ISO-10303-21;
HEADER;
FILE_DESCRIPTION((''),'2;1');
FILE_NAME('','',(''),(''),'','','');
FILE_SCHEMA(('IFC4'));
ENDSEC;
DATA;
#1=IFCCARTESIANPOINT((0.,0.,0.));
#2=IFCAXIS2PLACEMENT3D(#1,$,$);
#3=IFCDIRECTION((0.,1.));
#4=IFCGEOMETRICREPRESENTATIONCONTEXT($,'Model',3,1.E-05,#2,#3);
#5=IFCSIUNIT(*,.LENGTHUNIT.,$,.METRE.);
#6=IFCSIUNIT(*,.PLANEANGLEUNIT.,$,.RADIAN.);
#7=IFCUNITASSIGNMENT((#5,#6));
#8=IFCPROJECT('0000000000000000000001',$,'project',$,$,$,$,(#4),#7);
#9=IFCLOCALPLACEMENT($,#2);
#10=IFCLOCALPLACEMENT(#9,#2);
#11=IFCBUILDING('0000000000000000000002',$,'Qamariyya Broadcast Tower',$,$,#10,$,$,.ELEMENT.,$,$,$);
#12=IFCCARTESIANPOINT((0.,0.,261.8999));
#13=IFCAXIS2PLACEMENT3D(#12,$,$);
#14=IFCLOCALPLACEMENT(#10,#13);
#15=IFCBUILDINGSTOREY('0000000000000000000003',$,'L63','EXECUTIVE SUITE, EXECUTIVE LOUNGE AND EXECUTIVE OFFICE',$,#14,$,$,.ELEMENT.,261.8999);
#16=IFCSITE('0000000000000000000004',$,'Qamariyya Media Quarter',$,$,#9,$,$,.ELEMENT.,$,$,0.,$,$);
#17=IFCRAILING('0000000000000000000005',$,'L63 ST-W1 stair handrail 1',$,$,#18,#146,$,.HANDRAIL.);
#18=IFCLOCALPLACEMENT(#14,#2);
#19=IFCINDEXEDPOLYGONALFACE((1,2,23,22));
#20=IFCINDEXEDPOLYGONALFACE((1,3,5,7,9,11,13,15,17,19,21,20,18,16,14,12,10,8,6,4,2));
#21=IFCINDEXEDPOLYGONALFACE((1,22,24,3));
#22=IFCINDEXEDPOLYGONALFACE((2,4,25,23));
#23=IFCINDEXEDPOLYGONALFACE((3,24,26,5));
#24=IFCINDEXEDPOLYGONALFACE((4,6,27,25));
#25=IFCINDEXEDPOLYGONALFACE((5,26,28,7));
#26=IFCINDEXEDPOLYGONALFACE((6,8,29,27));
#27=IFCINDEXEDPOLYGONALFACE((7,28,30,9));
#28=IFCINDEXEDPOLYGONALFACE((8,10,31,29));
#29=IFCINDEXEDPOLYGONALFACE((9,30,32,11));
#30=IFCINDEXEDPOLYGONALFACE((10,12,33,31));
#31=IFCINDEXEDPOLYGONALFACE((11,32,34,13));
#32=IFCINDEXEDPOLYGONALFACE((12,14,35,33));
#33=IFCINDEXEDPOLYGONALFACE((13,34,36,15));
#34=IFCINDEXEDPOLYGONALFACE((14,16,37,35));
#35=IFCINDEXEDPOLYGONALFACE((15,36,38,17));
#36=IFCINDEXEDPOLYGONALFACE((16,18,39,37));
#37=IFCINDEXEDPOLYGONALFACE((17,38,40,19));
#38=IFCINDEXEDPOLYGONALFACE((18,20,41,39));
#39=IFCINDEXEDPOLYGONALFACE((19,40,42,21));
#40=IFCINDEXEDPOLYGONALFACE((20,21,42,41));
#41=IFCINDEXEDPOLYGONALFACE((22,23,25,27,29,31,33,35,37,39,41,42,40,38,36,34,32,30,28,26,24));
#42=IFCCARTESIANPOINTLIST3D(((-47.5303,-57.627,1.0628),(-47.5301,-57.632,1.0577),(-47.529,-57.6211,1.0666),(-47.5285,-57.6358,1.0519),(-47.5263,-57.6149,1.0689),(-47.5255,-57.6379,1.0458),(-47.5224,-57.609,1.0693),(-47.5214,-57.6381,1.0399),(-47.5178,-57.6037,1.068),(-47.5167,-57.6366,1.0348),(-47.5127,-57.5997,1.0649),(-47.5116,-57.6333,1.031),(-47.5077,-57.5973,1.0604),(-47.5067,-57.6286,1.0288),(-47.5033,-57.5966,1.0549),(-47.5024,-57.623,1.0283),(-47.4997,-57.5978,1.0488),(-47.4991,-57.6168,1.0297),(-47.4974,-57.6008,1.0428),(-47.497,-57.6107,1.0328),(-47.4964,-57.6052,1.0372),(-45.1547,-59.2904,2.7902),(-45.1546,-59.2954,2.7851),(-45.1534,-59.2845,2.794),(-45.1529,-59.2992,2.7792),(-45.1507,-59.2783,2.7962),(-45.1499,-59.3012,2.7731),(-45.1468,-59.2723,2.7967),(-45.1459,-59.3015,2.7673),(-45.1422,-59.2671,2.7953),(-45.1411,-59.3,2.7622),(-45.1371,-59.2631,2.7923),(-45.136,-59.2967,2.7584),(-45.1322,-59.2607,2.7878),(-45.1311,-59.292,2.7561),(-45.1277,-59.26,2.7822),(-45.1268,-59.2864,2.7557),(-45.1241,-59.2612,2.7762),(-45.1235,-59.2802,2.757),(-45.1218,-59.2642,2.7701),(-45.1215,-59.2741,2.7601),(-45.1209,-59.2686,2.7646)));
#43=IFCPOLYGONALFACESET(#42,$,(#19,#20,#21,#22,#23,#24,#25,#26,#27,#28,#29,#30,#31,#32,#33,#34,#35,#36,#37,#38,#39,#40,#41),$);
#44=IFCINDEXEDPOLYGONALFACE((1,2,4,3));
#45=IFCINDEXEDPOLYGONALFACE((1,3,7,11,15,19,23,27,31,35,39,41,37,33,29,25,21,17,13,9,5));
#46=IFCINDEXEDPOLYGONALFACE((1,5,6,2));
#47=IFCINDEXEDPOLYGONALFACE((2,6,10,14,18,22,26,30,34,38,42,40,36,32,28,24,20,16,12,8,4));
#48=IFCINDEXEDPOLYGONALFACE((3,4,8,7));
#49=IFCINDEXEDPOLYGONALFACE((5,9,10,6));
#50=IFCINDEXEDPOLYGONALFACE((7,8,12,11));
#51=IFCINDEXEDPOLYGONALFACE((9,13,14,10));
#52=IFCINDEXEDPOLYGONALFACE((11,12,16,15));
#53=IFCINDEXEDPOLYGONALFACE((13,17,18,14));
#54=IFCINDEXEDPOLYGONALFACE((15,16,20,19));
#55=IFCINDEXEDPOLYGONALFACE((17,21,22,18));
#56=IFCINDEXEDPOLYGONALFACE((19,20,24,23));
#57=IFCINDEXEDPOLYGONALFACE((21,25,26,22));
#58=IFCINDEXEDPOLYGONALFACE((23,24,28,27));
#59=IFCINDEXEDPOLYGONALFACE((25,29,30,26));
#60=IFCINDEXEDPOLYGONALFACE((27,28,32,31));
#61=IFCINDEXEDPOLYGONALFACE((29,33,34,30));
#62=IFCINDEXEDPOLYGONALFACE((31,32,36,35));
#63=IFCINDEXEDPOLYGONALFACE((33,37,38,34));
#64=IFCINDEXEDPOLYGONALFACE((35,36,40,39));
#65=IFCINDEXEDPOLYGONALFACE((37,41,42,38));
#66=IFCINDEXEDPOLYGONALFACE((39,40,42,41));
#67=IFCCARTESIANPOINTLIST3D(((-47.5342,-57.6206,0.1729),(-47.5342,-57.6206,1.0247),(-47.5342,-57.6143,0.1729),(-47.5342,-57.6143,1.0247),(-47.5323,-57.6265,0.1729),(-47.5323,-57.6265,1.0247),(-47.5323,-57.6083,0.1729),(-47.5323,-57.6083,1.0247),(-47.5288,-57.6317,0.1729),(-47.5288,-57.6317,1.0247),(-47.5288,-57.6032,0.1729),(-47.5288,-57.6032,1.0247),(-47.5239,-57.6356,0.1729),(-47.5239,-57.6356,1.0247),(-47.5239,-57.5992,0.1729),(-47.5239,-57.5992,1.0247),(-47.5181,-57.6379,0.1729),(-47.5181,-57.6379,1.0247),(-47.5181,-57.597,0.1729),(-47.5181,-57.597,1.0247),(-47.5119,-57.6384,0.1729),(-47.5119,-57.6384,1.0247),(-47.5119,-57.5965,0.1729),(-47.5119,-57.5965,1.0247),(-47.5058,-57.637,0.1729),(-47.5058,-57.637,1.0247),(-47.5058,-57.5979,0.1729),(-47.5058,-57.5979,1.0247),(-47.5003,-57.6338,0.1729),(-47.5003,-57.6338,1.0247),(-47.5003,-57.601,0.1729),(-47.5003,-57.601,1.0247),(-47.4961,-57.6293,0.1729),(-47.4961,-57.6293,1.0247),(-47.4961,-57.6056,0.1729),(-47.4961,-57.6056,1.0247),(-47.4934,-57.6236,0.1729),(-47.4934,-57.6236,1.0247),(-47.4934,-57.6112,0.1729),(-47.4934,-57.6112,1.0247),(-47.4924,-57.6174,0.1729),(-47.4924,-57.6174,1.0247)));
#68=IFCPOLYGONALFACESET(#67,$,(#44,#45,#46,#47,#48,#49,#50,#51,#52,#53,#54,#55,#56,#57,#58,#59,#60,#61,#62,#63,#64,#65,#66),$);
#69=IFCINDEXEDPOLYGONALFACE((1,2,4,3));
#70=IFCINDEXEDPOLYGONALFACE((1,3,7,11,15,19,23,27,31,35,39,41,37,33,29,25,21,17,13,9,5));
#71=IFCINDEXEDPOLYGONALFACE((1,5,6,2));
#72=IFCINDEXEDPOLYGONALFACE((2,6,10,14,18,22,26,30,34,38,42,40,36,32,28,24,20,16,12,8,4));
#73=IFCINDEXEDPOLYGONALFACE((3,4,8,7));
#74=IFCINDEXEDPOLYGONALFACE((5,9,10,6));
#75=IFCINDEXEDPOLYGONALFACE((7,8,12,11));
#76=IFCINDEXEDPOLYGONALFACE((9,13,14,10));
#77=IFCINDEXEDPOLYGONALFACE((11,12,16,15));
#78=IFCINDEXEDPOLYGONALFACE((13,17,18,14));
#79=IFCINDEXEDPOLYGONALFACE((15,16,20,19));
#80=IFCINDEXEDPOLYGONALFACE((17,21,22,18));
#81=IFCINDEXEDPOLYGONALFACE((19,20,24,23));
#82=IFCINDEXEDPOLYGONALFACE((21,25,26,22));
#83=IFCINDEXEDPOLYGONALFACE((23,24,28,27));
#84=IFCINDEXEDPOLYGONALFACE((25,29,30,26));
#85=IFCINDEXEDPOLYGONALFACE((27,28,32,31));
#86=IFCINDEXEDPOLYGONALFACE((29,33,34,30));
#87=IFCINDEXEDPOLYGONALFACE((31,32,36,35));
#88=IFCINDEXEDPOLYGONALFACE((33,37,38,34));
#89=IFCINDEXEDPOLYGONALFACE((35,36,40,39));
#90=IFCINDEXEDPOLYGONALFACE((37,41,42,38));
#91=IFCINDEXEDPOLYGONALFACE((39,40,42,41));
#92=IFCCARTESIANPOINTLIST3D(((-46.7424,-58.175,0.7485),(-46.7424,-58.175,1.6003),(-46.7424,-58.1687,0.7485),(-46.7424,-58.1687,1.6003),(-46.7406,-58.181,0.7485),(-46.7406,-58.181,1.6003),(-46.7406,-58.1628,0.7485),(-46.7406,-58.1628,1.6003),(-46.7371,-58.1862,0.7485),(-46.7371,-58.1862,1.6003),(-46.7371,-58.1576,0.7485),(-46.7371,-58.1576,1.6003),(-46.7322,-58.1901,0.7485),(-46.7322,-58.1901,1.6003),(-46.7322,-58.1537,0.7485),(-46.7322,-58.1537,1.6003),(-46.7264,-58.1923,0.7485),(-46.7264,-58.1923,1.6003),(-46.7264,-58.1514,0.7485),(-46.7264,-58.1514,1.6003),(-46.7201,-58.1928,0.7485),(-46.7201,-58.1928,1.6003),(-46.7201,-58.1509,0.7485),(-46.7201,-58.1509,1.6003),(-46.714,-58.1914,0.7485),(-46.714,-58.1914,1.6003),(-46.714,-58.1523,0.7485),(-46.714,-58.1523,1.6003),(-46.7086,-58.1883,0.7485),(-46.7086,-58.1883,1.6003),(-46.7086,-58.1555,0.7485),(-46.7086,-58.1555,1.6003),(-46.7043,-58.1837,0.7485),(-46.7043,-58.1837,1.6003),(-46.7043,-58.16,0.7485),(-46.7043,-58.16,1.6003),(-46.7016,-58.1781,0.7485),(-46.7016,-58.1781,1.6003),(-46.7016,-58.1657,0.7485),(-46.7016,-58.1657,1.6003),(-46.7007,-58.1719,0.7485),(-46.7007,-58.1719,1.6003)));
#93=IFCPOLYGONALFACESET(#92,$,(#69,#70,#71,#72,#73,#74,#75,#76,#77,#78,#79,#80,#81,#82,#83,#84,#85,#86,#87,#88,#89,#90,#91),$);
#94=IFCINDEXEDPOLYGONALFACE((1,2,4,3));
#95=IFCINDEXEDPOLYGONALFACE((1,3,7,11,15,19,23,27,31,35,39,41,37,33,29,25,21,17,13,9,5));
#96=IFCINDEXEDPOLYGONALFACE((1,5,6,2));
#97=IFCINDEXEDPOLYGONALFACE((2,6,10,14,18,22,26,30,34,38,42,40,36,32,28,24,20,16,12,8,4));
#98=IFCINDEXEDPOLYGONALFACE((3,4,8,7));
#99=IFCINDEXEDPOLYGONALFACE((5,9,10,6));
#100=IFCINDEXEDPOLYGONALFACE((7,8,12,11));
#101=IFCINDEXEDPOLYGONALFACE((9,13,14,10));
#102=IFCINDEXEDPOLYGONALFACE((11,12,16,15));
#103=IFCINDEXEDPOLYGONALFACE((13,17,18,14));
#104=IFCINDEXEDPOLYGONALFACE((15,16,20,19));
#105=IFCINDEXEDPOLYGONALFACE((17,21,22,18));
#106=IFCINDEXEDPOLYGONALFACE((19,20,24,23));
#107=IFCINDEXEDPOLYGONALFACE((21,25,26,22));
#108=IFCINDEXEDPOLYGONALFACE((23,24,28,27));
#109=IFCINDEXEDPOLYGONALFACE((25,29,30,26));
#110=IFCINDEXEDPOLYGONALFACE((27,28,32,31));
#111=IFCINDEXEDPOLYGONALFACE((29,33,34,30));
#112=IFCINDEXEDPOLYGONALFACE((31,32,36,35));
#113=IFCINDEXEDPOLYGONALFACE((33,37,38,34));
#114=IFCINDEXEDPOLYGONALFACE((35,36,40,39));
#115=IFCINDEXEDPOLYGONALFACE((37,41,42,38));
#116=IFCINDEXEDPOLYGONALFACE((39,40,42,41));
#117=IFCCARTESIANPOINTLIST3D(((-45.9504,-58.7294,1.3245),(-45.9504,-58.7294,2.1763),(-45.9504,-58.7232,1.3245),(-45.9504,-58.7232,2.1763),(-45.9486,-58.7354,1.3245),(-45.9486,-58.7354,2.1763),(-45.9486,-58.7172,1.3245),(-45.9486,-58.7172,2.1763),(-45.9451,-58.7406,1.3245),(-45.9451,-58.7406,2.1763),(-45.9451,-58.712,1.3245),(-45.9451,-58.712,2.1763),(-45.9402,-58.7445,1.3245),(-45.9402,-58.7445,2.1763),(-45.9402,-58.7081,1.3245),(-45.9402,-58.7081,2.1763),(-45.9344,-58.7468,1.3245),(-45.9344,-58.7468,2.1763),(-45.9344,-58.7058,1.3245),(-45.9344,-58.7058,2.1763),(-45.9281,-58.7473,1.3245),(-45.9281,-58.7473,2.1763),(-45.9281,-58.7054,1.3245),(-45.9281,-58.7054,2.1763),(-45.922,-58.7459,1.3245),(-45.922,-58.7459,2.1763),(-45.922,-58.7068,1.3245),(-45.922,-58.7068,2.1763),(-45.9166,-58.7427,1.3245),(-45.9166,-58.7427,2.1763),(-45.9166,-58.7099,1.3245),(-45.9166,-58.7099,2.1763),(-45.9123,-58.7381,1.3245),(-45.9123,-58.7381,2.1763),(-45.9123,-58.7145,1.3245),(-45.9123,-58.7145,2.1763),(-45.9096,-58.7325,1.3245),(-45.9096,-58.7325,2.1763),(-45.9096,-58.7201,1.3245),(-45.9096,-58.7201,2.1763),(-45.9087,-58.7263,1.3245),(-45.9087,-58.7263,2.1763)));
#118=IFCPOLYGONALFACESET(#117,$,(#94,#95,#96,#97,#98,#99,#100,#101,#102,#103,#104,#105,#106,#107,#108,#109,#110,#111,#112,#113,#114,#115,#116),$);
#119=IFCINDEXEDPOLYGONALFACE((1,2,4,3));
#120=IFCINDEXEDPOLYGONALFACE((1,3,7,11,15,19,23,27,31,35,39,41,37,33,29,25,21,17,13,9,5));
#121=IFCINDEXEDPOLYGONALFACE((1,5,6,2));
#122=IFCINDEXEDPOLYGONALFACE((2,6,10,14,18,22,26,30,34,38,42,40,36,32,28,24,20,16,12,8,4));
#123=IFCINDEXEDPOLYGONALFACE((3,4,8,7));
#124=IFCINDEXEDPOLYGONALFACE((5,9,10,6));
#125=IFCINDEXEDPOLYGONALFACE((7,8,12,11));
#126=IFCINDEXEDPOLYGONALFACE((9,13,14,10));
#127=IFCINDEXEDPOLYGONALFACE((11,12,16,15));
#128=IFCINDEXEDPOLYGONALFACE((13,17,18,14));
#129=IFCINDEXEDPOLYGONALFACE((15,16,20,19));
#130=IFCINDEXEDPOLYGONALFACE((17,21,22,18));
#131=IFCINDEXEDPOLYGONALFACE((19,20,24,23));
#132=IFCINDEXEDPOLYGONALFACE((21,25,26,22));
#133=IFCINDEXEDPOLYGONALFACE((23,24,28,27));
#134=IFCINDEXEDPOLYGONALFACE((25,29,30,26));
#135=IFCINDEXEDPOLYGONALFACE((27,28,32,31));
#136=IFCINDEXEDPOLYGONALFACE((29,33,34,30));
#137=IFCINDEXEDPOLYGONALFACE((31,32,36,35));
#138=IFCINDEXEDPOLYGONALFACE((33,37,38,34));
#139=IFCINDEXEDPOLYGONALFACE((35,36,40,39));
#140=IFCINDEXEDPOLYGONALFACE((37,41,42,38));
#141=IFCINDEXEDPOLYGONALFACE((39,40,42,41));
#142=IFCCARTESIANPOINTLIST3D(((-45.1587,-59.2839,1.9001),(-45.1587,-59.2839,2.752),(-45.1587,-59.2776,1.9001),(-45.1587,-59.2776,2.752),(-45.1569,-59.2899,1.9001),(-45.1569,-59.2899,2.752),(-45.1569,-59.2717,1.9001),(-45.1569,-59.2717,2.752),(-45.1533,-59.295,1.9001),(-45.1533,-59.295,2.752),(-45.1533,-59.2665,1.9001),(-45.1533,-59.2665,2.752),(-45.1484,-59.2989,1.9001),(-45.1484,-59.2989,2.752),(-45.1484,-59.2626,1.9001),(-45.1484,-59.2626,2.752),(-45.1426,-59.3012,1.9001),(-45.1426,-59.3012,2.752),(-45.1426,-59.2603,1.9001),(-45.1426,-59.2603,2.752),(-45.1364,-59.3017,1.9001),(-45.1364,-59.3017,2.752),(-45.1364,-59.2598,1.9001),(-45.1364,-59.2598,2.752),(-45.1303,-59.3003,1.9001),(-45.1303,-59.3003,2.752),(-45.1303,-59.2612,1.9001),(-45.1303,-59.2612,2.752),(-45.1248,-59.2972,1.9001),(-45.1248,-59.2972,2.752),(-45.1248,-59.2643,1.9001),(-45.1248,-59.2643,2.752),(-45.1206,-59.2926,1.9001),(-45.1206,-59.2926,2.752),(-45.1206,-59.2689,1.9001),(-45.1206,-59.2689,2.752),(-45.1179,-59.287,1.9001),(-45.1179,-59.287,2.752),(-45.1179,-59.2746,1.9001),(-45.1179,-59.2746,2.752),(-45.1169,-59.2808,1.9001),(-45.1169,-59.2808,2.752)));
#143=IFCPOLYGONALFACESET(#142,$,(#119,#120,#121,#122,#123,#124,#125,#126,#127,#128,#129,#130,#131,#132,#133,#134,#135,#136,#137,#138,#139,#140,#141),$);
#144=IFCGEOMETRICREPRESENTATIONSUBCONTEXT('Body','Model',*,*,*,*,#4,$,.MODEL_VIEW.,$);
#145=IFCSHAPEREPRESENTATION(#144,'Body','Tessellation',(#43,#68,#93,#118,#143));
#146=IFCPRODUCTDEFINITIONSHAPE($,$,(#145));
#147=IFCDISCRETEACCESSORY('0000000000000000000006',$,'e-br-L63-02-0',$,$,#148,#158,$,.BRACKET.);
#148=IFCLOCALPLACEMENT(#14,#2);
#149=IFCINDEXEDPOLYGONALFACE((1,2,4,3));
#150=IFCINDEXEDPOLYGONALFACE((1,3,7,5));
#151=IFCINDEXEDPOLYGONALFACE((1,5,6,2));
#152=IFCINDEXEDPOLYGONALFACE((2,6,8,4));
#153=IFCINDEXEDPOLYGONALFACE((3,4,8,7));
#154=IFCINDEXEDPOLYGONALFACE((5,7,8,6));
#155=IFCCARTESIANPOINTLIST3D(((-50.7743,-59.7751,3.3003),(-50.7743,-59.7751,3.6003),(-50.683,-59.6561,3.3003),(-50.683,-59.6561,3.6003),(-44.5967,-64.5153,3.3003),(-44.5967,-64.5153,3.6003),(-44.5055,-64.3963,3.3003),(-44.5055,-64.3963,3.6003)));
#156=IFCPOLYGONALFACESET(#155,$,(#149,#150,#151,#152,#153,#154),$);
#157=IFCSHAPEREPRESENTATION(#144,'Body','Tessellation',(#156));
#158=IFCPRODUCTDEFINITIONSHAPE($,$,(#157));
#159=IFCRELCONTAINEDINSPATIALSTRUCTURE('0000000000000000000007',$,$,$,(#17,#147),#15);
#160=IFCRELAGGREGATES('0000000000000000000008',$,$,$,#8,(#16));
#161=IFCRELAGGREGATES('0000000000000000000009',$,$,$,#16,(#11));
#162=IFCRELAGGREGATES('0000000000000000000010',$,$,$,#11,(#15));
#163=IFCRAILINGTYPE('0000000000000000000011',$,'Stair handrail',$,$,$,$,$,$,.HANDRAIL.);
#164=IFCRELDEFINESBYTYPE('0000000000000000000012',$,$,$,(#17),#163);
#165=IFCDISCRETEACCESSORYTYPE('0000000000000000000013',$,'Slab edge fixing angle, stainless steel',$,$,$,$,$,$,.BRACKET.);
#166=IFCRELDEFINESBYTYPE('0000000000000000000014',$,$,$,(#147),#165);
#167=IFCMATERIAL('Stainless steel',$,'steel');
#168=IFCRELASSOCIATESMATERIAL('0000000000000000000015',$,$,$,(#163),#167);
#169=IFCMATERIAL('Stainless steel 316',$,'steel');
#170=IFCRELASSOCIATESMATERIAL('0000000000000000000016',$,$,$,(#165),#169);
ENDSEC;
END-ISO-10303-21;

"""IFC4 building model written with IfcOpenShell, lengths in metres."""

from ifc_helpers import new_model, si_unit, direction, frame, origin, origin_2d, place, context, subcontext, project, spatial, rectangle, circle, extrude, material, type_object, element, save


model = new_model("IFC4")

# Units and contexts
model_context = context("Model", 3, precision=1e-05, world=origin(), true_north=direction((0.0, 1.0)))
body_context = subcontext(model_context, "Body", "Model", "MODEL_VIEW")
ifc_project = project(units=[si_unit("LENGTHUNIT", "METRE"), si_unit("PLANEANGLEUNIT", "RADIAN")], contexts=[model_context])

# Site, building, storey
site_placement = place(None, origin())
site = spatial("IfcSite", under=ifc_project, at=site_placement, Name="Qamariyya Media Quarter", CompositionType="ELEMENT", RefElevation=0.0)
building_placement = place(site_placement, origin())
building = spatial("IfcBuilding", under=site, at=building_placement, Name="Qamariyya Broadcast Tower", CompositionType="ELEMENT")
storey_placement = place(building_placement, frame((0.0, 0.0, 261.8999)))
storey = spatial("IfcBuildingStorey", under=building, at=storey_placement, Name="L63", Description="EXECUTIVE SUITE, EXECUTIVE LOUNGE AND EXECUTIVE OFFICE", CompositionType="ELEMENT", Elevation=261.8999)

# Railing
ifc_material_1 = material(Name="Stainless steel", Category="steel")
railing_type_1 = type_object("IfcRailingType", Name="Stair handrail", PredefinedType="HANDRAIL", material=ifc_material_1)
railing_1_placement = place(storey_placement, frame((-47.5134, -57.6174, 0.1729)))
element("IfcRailing", 1, at=railing_1_placement, inside=storey, type_object=railing_type_1, Name="L63 ST-W1 stair handrail 1", PredefinedType="HANDRAIL", context=body_context, shape_type="SweptSolid", body=[
    extrude(circle(Radius=0.0239, at=origin_2d()), frame((0.0, 0.0, 0.876), z_axis=(0.70377, -0.492784, 0.511734), x_axis=(0.573575, 0.819153, 0.0)), (0.0, 0.0, 1.0), 3.3755),
    extrude(circle(Radius=0.021, at=origin_2d()), origin(), (0.0, 0.0, 1.0), 0.8518),
    extrude(circle(Radius=0.021, at=origin_2d()), frame((0.7917, -0.5544, 0.5757)), (0.0, 0.0, 1.0), 0.8518),
    extrude(circle(Radius=0.021, at=origin_2d()), frame((1.5837, -1.1089, 1.1516)), (0.0, 0.0, 1.0), 0.8518),
    extrude(circle(Radius=0.021, at=origin_2d()), frame((2.3755, -1.6633, 1.7273)), (0.0, 0.0, 1.0), 0.8518),
])

# Discrete accessory
ifc_material_2 = material(Name="Stainless steel 316", Category="steel")
discrete_accessory_type = type_object("IfcDiscreteAccessoryType", Name="Slab edge fixing angle, stainless steel", PredefinedType="BRACKET", material=ifc_material_2)
discrete_accessory_placement = place(storey_placement, frame((-47.6399, -62.0857, 3.3003), z_axis=(0.0, 0.0, 1.0), x_axis=(0.793353, -0.608761, 0.0)))
element("IfcDiscreteAccessory", 2, at=discrete_accessory_placement, inside=storey, type_object=discrete_accessory_type, Name="e-br-L63-02-0", PredefinedType="BRACKET", context=body_context, shape_type="SweptSolid", body=[
    extrude(rectangle(XDim=7.7866, YDim=0.1499, at=origin_2d()), origin(), (0.0, 0.0, 1.0), 0.3),
])

save(model, "model.ifc")
